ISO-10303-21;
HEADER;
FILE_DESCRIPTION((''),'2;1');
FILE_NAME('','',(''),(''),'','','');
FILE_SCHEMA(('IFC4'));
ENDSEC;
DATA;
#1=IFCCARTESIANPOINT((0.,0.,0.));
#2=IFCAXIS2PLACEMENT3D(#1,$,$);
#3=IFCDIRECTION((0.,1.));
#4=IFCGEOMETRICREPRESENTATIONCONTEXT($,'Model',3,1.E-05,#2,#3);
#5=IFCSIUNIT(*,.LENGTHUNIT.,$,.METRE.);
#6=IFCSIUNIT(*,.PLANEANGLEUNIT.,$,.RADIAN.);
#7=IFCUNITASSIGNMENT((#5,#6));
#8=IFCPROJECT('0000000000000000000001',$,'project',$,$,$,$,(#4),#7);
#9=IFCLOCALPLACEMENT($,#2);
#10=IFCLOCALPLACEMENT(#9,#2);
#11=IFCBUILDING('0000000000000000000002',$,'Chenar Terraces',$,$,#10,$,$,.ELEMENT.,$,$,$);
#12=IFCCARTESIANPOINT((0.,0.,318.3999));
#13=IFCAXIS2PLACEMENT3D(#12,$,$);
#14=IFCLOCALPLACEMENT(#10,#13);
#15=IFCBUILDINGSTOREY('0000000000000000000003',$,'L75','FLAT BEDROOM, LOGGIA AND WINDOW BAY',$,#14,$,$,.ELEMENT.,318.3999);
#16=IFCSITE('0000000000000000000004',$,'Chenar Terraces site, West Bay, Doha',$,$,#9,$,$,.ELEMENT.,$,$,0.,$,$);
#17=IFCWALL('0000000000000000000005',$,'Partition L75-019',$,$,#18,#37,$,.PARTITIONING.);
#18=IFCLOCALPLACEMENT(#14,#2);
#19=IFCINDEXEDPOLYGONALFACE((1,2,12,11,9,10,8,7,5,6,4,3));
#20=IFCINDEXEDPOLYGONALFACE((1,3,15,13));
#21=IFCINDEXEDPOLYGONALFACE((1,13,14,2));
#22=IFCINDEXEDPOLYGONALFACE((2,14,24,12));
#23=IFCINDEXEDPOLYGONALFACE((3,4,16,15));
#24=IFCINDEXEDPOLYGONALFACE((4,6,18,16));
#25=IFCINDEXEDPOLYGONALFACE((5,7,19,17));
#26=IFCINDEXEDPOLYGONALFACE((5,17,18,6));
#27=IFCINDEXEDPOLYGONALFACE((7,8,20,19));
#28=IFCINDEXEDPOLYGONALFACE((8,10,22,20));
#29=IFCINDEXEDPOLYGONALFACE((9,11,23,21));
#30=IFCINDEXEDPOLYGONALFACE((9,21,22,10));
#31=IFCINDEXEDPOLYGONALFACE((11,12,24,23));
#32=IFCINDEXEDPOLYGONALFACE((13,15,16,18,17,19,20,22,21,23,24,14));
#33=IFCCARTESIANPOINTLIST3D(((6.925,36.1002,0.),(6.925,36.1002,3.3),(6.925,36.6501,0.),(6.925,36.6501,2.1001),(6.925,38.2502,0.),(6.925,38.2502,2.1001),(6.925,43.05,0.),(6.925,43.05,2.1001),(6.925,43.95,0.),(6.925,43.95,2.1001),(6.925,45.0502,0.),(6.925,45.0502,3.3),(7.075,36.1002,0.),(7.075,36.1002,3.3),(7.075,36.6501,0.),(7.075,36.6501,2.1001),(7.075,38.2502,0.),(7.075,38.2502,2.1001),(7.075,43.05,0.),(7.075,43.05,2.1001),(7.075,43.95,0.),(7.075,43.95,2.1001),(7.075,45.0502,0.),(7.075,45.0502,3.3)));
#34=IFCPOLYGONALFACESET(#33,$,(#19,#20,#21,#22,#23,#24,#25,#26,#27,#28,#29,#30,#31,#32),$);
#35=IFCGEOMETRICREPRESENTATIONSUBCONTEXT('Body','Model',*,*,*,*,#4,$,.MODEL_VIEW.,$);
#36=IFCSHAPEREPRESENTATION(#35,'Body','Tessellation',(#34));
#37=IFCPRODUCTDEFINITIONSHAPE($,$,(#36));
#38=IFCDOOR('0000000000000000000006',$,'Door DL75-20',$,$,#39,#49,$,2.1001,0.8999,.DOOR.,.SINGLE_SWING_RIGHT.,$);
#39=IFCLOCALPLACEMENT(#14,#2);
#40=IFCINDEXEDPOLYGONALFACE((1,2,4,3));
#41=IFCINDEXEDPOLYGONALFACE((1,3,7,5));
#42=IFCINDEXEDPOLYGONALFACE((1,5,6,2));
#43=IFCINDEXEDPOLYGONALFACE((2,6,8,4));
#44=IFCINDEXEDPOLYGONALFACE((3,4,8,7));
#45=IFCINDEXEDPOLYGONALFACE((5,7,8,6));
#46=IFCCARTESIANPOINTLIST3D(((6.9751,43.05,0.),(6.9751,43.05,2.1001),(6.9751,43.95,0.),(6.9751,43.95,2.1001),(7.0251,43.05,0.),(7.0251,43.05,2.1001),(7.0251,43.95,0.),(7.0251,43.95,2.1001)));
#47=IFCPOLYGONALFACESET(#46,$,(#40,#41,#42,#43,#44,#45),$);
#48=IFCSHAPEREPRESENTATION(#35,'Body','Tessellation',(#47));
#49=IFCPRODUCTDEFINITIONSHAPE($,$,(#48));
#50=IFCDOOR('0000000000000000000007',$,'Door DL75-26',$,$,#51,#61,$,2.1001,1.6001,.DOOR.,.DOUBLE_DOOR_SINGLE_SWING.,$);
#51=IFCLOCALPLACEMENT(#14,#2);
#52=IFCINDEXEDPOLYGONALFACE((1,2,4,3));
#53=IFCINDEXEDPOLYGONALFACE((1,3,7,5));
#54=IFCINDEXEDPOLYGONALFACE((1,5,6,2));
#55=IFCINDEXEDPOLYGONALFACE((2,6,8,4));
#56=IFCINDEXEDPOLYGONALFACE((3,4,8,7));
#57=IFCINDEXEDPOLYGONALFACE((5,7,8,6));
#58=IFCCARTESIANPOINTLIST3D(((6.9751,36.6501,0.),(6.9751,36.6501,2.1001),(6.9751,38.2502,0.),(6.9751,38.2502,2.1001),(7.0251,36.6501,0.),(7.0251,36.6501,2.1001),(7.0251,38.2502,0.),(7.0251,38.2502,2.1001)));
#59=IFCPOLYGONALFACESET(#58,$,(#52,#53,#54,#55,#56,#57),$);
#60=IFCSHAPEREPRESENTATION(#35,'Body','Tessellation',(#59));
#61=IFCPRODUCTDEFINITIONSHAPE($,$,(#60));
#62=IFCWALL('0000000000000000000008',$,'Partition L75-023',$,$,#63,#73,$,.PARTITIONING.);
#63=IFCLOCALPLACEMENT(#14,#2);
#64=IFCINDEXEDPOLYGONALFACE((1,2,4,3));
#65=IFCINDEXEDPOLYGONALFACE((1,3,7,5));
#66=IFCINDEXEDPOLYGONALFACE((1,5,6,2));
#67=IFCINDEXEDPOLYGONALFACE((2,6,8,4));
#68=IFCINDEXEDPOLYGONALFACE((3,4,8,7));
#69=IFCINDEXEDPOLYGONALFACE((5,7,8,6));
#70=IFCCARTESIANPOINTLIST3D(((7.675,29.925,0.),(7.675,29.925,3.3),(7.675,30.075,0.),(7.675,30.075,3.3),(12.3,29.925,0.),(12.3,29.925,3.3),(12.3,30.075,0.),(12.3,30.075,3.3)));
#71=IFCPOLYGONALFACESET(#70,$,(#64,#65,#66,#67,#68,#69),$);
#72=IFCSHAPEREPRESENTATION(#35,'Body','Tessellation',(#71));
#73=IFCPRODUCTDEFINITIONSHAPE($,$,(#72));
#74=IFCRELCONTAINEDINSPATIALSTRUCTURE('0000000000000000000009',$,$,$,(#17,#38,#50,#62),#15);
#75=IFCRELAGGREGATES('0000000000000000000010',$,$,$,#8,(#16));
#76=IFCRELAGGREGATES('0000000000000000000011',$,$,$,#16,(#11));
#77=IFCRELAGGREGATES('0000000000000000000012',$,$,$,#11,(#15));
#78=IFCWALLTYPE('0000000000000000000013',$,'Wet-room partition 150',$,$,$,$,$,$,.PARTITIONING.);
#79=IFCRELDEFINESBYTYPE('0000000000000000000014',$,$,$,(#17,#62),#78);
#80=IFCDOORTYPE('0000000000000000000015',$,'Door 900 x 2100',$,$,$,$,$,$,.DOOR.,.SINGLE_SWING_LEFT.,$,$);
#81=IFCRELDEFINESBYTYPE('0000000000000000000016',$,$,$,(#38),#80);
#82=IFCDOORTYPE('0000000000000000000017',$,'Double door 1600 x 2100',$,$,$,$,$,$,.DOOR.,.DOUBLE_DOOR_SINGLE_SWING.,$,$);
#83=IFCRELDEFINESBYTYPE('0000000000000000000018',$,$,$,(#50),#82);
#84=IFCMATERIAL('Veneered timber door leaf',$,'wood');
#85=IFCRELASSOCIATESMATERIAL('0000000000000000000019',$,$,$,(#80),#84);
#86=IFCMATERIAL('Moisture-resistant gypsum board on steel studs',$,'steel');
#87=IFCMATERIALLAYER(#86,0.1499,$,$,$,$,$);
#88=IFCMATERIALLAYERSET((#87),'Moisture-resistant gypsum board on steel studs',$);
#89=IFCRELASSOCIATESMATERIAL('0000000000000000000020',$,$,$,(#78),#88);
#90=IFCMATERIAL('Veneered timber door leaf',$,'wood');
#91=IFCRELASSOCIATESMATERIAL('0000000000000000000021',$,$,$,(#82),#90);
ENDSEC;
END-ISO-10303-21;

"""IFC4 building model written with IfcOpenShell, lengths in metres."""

from ifc_helpers import new_model, si_unit, direction, frame, frame_2d, origin, place, context, subcontext, project, spatial, rectangle, extrude, material, layer, layer_set, type_object, element, fill, save


model = new_model("IFC4")

# Units and contexts
model_context = context("Model", 3, precision=1e-05, world=origin(), true_north=direction((0.0, 1.0)))
body_context = subcontext(model_context, "Body", "Model", "MODEL_VIEW")
ifc_project = project(units=[si_unit("LENGTHUNIT", "METRE"), si_unit("PLANEANGLEUNIT", "RADIAN")], contexts=[model_context])

# Site, building, storey
site_placement = place(None, origin())
site = spatial("IfcSite", under=ifc_project, at=site_placement, Name="Chenar Terraces site, West Bay, Doha", CompositionType="ELEMENT", RefElevation=0.0)
building_placement = place(site_placement, origin())
building = spatial("IfcBuilding", under=site, at=building_placement, Name="Chenar Terraces", CompositionType="ELEMENT")
storey_placement = place(building_placement, frame((0.0, 0.0, 318.3999)))
storey = spatial("IfcBuildingStorey", under=building, at=storey_placement, Name="L75", Description="FLAT BEDROOM, LOGGIA AND WINDOW BAY", CompositionType="ELEMENT", Elevation=318.3999)

# Shared definitions
ifc_material_1 = material(Name="Veneered timber door leaf", Category="wood")
door_type_1 = type_object("IfcDoorType", Name="Door 900 x 2100", OperationType="SINGLE_SWING_LEFT", PredefinedType="DOOR", material=ifc_material_1)

# Shared definitions
ifc_material_2 = material(Name="Moisture-resistant gypsum board on steel studs", Category="steel")
ifc_layer_1 = layer(ifc_material_2, 0.1499)
ifc_layer_set_1 = layer_set([ifc_layer_1], Name="Moisture-resistant gypsum board on steel studs")
wall_type_1 = type_object("IfcWallType", Name="Wet-room partition 150", PredefinedType="PARTITIONING", material=ifc_layer_set_1)

# Wall, openings, doors
wall_1_placement = place(storey_placement, frame((7.0, 36.1001, 0.0), z_axis=(0.0, 0.0, 1.0), x_axis=(0.0, 1.0, 0.0)))
wall_1 = element("IfcWall", 1, at=wall_1_placement, inside=storey, type_object=wall_type_1, Name="Partition L75-019", PredefinedType="PARTITIONING", context=body_context, shape_type="SweptSolid", body=[
    extrude(rectangle(XDim=8.95, YDim=0.1499, at=frame_2d((4.4751, 0.0))), origin(), (0.0, 0.0, 1.0), 3.3),
])
opening_1_placement = place(wall_1_placement, frame((6.95, 0.0, 0.0)))
opening_1 = element("IfcOpeningElement", 2, at=opening_1_placement, cuts=wall_1, PredefinedType="OPENING", context=body_context, shape_type="SweptSolid", body=[
    extrude(rectangle(XDim=0.8999, YDim=2.1001, at=frame_2d((0.45, 1.05))), frame((0.0, 0.085, 0.0), z_axis=(0.0, -1.0, 0.0), x_axis=(1.0, 0.0, 0.0)), (0.0, 0.0, 1.0), 0.1699),
])
opening_2_placement = place(wall_1_placement, frame((0.55, 0.0, 0.0)))
opening_2 = element("IfcOpeningElement", 3, at=opening_2_placement, cuts=wall_1, PredefinedType="OPENING", context=body_context, shape_type="SweptSolid", body=[
    extrude(rectangle(XDim=1.6001, YDim=2.1001, at=frame_2d((0.8, 1.05))), frame((0.0, 0.085, 0.0), z_axis=(0.0, -1.0, 0.0), x_axis=(1.0, 0.0, 0.0)), (0.0, 0.0, 1.0), 0.1699),
])
door_1_placement = place(opening_1_placement, origin())
door_1 = element("IfcDoor", 4, at=door_1_placement, inside=storey, type_object=door_type_1, Name="Door DL75-20", OperationType="SINGLE_SWING_RIGHT", OverallHeight=2.1001, OverallWidth=0.8999, PredefinedType="DOOR", context=body_context, shape_type="SweptSolid", body=[
    extrude(rectangle(XDim=0.8999, YDim=2.1001, at=frame_2d((0.45, 1.05))), frame((0.0, 0.0249, 0.0), z_axis=(0.0, -1.0, 0.0), x_axis=(1.0, 0.0, 0.0)), (0.0, 0.0, 1.0), 0.05),
])
fill(opening_1, door_1)
ifc_material_3 = material(Name="Veneered timber door leaf", Category="wood")
door_type_2 = type_object("IfcDoorType", Name="Double door 1600 x 2100", OperationType="DOUBLE_DOOR_SINGLE_SWING", PredefinedType="DOOR", material=ifc_material_3)
door_2_placement = place(opening_2_placement, origin())
door_2 = element("IfcDoor", 5, at=door_2_placement, inside=storey, type_object=door_type_2, Name="Door DL75-26", OperationType="DOUBLE_DOOR_SINGLE_SWING", OverallHeight=2.1001, OverallWidth=1.6001, PredefinedType="DOOR", context=body_context, shape_type="SweptSolid", body=[
    extrude(rectangle(XDim=1.6001, YDim=2.1001, at=frame_2d((0.8, 1.05))), frame((0.0, 0.0249, 0.0), z_axis=(0.0, -1.0, 0.0), x_axis=(1.0, 0.0, 0.0)), (0.0, 0.0, 1.0), 0.05),
])
fill(opening_2, door_2)

# Wall
wall_2_placement = place(storey_placement, frame((7.675, 30.0, 0.0), z_axis=(0.0, 0.0, 1.0), x_axis=(1.0, 0.0, 0.0)))
element("IfcWall", 6, at=wall_2_placement, inside=storey, type_object=wall_type_1, Name="Partition L75-023", PredefinedType="PARTITIONING", context=body_context, shape_type="SweptSolid", body=[
    extrude(rectangle(XDim=4.625, YDim=0.1499, at=frame_2d((2.3125, 0.0))), origin(), (0.0, 0.0, 1.0), 3.3),
])

save(model, "model.ifc")
